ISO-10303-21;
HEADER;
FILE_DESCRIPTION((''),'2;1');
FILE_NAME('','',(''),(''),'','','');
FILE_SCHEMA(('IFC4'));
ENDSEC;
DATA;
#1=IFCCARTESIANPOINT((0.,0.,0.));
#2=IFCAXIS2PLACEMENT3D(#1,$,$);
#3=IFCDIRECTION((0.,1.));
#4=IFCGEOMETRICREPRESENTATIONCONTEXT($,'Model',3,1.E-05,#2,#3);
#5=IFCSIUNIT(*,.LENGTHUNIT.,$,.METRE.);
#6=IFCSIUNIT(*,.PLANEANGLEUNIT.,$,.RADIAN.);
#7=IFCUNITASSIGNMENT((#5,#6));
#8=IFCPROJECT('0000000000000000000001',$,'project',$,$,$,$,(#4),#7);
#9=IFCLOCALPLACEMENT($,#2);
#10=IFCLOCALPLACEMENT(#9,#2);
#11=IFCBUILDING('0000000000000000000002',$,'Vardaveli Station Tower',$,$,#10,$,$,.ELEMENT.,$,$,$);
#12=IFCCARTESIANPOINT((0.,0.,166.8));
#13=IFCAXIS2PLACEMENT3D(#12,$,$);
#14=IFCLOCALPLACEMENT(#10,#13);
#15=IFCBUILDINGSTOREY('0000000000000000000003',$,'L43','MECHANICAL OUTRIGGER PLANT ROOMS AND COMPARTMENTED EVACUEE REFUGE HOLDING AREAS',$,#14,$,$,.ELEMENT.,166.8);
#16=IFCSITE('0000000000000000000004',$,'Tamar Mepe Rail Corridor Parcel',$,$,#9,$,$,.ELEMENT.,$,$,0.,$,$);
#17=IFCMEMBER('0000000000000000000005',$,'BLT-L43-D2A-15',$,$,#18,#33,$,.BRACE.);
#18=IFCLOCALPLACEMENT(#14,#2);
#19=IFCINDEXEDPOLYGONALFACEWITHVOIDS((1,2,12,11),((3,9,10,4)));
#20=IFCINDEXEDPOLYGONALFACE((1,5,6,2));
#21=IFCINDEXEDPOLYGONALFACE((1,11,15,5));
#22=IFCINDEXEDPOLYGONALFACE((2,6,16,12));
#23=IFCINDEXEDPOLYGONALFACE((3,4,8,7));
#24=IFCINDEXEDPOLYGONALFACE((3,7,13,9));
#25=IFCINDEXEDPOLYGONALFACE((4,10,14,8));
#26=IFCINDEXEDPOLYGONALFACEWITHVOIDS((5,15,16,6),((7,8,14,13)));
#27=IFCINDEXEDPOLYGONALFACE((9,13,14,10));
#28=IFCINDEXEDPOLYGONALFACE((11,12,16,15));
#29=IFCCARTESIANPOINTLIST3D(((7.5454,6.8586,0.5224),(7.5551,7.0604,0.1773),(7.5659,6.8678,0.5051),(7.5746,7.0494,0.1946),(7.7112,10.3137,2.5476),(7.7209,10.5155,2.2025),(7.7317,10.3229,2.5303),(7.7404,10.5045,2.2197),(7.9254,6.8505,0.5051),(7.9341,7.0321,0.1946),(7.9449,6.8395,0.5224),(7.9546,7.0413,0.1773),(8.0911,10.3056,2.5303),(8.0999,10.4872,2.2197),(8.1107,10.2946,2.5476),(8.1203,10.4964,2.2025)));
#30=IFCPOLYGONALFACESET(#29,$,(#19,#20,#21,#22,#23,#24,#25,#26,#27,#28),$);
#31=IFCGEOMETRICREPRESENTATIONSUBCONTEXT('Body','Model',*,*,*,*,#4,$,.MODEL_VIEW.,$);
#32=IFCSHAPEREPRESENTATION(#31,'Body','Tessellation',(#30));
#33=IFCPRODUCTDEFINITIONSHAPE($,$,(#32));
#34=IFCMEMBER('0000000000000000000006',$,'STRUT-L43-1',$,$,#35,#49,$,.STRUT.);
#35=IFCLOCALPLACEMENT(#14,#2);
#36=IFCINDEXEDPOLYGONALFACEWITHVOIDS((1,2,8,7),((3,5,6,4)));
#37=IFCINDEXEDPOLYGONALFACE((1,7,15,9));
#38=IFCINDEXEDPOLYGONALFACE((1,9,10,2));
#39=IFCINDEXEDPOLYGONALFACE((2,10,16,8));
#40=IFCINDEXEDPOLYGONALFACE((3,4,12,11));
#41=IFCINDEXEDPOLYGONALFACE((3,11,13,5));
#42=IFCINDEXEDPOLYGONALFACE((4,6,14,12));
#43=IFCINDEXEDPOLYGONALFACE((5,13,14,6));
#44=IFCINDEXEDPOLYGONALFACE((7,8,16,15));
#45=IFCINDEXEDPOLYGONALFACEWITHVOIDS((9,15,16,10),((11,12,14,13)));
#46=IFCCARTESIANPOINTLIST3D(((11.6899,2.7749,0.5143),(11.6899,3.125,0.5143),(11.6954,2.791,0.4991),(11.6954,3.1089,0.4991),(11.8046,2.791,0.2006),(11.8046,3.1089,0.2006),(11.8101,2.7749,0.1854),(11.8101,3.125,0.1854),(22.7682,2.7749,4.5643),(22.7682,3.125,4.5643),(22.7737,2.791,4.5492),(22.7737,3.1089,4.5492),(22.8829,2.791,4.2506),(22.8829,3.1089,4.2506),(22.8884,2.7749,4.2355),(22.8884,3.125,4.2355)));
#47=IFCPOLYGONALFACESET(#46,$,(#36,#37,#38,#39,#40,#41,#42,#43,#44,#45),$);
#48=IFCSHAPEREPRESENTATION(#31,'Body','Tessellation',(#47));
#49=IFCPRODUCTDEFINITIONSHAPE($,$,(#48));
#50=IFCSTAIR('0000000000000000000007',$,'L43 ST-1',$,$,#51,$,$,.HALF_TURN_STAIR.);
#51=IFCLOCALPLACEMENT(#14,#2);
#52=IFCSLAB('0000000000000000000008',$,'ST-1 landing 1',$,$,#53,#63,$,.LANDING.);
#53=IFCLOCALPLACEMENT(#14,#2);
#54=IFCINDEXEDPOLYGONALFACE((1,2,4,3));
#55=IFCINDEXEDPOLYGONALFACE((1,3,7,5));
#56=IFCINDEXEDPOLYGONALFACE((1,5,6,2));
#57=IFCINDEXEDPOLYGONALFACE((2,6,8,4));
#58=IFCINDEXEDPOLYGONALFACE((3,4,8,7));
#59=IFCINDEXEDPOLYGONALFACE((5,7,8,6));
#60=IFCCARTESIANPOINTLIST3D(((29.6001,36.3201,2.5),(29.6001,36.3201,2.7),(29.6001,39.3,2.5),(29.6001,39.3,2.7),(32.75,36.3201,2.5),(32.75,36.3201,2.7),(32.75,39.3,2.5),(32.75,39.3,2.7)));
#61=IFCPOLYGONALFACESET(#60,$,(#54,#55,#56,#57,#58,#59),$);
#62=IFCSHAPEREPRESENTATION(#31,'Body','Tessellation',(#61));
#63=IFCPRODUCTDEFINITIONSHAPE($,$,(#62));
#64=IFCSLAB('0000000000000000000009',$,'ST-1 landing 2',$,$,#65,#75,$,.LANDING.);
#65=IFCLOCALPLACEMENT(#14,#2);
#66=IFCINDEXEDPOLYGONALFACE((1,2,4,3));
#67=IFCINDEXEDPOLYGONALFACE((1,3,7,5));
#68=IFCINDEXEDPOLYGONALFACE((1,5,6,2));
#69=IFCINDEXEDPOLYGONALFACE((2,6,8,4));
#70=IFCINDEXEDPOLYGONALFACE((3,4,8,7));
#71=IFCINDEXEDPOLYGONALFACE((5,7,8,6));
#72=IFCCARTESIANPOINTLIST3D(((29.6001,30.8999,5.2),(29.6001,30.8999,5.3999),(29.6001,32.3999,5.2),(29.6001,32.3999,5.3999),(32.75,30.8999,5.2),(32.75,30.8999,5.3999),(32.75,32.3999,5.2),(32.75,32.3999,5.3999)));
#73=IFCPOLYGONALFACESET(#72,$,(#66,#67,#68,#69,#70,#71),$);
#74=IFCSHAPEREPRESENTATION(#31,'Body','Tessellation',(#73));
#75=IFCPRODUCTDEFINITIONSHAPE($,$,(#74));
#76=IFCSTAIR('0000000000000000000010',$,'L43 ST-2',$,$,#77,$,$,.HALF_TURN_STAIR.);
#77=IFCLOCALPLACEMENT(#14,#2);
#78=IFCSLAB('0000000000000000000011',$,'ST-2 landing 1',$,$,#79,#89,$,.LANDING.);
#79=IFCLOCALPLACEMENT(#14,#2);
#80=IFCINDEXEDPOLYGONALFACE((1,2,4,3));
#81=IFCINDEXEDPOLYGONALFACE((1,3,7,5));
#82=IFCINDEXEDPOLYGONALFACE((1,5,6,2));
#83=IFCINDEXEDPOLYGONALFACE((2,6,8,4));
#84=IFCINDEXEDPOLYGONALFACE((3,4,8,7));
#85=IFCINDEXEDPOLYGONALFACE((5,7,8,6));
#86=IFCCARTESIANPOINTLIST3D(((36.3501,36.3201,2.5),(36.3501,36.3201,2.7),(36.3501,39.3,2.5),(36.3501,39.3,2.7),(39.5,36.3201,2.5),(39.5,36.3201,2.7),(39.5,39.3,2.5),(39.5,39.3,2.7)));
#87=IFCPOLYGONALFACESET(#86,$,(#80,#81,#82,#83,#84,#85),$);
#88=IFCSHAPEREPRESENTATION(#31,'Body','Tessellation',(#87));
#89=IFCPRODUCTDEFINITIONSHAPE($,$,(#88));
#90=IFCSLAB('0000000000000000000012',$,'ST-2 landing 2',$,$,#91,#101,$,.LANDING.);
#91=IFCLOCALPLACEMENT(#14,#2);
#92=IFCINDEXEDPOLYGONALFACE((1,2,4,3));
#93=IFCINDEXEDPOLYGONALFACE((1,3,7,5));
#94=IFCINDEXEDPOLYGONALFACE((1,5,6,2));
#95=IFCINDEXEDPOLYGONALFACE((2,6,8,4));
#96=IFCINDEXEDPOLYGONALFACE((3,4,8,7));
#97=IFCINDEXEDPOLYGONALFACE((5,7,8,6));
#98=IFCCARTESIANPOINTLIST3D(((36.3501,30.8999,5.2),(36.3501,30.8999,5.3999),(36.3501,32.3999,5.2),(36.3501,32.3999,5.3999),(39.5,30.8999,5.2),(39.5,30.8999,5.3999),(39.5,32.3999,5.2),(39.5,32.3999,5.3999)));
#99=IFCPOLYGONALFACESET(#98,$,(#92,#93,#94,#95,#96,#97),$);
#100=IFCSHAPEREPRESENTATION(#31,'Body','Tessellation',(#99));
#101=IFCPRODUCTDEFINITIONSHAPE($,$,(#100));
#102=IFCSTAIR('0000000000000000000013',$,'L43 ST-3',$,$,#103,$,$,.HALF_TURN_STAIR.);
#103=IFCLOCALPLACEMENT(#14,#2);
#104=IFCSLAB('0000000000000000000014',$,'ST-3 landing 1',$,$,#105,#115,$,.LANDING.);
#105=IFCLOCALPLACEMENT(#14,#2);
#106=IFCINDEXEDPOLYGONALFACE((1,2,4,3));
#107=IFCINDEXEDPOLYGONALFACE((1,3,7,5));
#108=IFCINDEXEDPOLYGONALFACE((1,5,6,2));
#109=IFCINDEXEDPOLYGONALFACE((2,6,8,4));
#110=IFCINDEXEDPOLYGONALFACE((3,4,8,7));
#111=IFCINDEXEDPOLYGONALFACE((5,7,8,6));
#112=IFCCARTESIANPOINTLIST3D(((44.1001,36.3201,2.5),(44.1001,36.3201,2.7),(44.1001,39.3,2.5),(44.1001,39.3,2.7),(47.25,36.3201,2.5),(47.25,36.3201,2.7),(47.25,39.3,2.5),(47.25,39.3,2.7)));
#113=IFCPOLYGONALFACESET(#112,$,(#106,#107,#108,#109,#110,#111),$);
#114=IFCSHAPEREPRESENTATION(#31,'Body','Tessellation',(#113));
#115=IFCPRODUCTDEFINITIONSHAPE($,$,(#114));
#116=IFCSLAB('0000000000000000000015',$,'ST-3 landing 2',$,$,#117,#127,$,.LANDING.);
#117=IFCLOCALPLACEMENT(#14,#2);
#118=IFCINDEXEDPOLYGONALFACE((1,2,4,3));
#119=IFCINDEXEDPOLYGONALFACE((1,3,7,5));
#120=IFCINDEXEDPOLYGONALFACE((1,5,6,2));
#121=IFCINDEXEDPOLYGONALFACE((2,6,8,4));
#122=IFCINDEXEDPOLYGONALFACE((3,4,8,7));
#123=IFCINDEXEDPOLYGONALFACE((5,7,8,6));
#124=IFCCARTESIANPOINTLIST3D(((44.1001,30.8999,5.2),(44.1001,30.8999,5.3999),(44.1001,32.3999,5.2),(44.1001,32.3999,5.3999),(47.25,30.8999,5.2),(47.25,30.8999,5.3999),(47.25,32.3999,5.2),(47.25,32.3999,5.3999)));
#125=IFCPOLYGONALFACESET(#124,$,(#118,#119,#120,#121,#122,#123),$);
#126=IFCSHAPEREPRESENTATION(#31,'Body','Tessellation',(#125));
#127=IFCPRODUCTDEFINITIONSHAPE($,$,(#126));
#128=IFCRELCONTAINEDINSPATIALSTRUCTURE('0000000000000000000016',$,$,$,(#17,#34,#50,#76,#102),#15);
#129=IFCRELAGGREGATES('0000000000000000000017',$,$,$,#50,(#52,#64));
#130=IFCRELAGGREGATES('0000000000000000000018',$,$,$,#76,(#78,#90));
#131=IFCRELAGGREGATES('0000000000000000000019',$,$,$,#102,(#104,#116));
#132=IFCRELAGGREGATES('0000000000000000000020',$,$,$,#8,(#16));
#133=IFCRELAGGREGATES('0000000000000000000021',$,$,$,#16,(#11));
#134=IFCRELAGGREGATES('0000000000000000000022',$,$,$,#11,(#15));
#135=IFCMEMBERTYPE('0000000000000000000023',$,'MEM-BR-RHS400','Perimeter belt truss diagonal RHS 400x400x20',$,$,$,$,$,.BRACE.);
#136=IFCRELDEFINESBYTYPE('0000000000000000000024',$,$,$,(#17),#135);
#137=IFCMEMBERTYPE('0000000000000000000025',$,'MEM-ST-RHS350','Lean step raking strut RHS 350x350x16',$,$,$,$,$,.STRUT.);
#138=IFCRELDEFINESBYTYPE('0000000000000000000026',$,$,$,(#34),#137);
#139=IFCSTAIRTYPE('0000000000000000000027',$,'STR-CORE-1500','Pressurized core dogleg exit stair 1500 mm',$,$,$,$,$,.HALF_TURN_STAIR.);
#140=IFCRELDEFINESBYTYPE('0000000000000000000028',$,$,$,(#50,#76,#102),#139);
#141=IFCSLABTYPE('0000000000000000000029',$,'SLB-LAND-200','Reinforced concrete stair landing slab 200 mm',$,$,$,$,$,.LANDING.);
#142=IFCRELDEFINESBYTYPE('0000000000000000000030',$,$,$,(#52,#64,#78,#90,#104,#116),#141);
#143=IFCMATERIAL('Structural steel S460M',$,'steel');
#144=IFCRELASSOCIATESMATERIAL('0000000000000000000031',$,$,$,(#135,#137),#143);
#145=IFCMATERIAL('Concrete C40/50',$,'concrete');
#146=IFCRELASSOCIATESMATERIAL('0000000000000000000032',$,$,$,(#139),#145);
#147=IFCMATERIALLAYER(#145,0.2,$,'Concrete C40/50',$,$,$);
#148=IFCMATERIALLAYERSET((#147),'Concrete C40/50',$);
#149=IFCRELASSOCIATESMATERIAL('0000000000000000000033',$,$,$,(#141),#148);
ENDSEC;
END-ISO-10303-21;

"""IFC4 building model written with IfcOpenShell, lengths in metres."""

from ifc_helpers import new_model, si_unit, direction, frame, origin, origin_2d, place, context, subcontext, project, spatial, polyline, hollow_rectangle, outline, extrude, source, transform, mapped, material, layer, layer_set, material_profile, profile_set, type_object, element, aggregate, save


model = new_model("IFC4")

# Units and contexts
model_context = context("Model", 3, precision=1e-05, world=origin(), true_north=direction((0.0, 1.0)))
body_context = subcontext(model_context, "Body", "Model", "MODEL_VIEW")
ifc_project = project(units=[si_unit("LENGTHUNIT", "METRE"), si_unit("PLANEANGLEUNIT", "RADIAN")], contexts=[model_context])

# Site, building, storey
site_placement = place(None, origin())
site = spatial("IfcSite", under=ifc_project, at=site_placement, Name="Tamar Mepe Rail Corridor Parcel", CompositionType="ELEMENT", RefElevation=0.0)
building_placement = place(site_placement, origin())
building = spatial("IfcBuilding", under=site, at=building_placement, Name="Vardaveli Station Tower", CompositionType="ELEMENT")
storey_placement = place(building_placement, frame((0.0, 0.0, 166.8)))
storey = spatial("IfcBuildingStorey", under=building, at=storey_placement, Name="L43", Description="MECHANICAL OUTRIGGER PLANT ROOMS AND COMPARTMENTED EVACUEE REFUGE HOLDING AREAS", CompositionType="ELEMENT", Elevation=166.8)

# Shared definitions
ifc_material_1 = material(Name="Structural steel S460M", Category="steel")

# Members
ifc_material_profile_1 = material_profile(ifc_material_1, hollow_rectangle(XDim=0.3999, YDim=0.3999, WallThickness=0.02, at=origin_2d()), Name="RHS 400x400x20")
ifc_profile_set_1 = profile_set([ifc_material_profile_1], Name="Structural steel S460M")
member_type_1 = type_object("IfcMemberType", Name="MEM-BR-RHS400", Description="Perimeter belt truss diagonal RHS 400x400x20", PredefinedType="BRACE", material=ifc_profile_set_1)
shared_shape_1 = source(origin(), body_context, "Body", "SweptSolid", [
    extrude(hollow_rectangle(XDim=0.3999, YDim=0.3999, WallThickness=0.02, at=origin_2d()), origin(), (0.0, 0.0, 1.0), 4.0083),
])
member_1_placement = place(storey_placement, frame((7.75, 6.95, 0.3499), z_axis=(0.041357, 0.861986, 0.505241), x_axis=(-0.998851, 0.047924, 0.0)))
element("IfcMember", 1, at=member_1_placement, inside=storey, type_object=member_type_1, Name="BLT-L43-D2A-15", PredefinedType="BRACE", context=body_context, shape_type="MappedRepresentation", body=[
    mapped(shared_shape_1, transform((0.0, 0.0, 0.0), scale=1.0)),
])
ifc_material_profile_2 = material_profile(ifc_material_1, hollow_rectangle(XDim=0.3501, YDim=0.3501, WallThickness=0.0161, at=origin_2d()), Name="RHS 350x350x16")
ifc_profile_set_2 = profile_set([ifc_material_profile_2], Name="Structural steel S460M")
member_type_2 = type_object("IfcMemberType", Name="MEM-ST-RHS350", Description="Lean step raking strut RHS 350x350x16", PredefinedType="STRUT", material=ifc_profile_set_2)
shared_shape_2 = source(origin(), body_context, "Body", "SweptSolid", [
    extrude(hollow_rectangle(XDim=0.3501, YDim=0.3501, WallThickness=0.0161, at=origin_2d()), origin(), (0.0, 0.0, 1.0), 11.7954),
])
member_2_placement = place(storey_placement, frame((11.75, 2.95, 0.3499), z_axis=(0.939205, 0.0, 0.343356), x_axis=(0.0, 1.0, 0.0)))
element("IfcMember", 2, at=member_2_placement, inside=storey, type_object=member_type_2, Name="STRUT-L43-1", PredefinedType="STRUT", context=body_context, shape_type="MappedRepresentation", body=[
    mapped(shared_shape_2, transform((0.0, 0.0, 0.0), scale=1.0)),
])

# Stairs, slabs
ifc_material_2 = material(Name="Concrete C40/50", Category="concrete")
stair_type = type_object("IfcStairType", Name="STR-CORE-1500", Description="Pressurized core dogleg exit stair 1500 mm", PredefinedType="HALF_TURN_STAIR", material=ifc_material_2)
stair_1_placement = place(storey_placement, origin())
stair_1 = element("IfcStair", 3, at=stair_1_placement, inside=storey, type_object=stair_type, Name="L43 ST-1", PredefinedType="HALF_TURN_STAIR")
ifc_layer_1 = layer(ifc_material_2, 0.2, Name="Concrete C40/50")
ifc_layer_set_1 = layer_set([ifc_layer_1], Name="Concrete C40/50")
slab_type_1 = type_object("IfcSlabType", Name="SLB-LAND-200", Description="Reinforced concrete stair landing slab 200 mm", PredefinedType="LANDING", material=ifc_layer_set_1)
slab_1_placement = place(storey_placement, frame((0.0, 0.0, 2.5)))
slab_1 = element("IfcSlab", 4, at=slab_1_placement, type_object=slab_type_1, Name="ST-1 landing 1", PredefinedType="LANDING", context=body_context, shape_type="SweptSolid", body=[
    extrude(outline(polyline([(32.75, 36.3201), (32.75, 39.3), (29.6001, 39.3), (29.6001, 36.3201), (32.75, 36.3201)])), origin(), (0.0, 0.0, 1.0), 0.2),
])
slab_2_placement = place(storey_placement, frame((0.0, 0.0, 5.2)))
slab_2 = element("IfcSlab", 5, at=slab_2_placement, type_object=slab_type_1, Name="ST-1 landing 2", PredefinedType="LANDING", context=body_context, shape_type="SweptSolid", body=[
    extrude(outline(polyline([(32.75, 30.8999), (32.75, 32.3999), (29.6001, 32.3999), (29.6001, 30.8999), (32.75, 30.8999)])), origin(), (0.0, 0.0, 1.0), 0.2),
])
aggregate(stair_1, [slab_1, slab_2])
stair_2_placement = place(storey_placement, origin())
stair_2 = element("IfcStair", 6, at=stair_2_placement, inside=storey, type_object=stair_type, Name="L43 ST-2", PredefinedType="HALF_TURN_STAIR")
slab_3_placement = place(storey_placement, frame((0.0, 0.0, 2.5)))
slab_3 = element("IfcSlab", 7, at=slab_3_placement, type_object=slab_type_1, Name="ST-2 landing 1", PredefinedType="LANDING", context=body_context, shape_type="SweptSolid", body=[
    extrude(outline(polyline([(39.5, 36.3201), (39.5, 39.3), (36.3501, 39.3), (36.3501, 36.3201), (39.5, 36.3201)])), origin(), (0.0, 0.0, 1.0), 0.2),
])
slab_4_placement = place(storey_placement, frame((0.0, 0.0, 5.2)))
slab_4 = element("IfcSlab", 8, at=slab_4_placement, type_object=slab_type_1, Name="ST-2 landing 2", PredefinedType="LANDING", context=body_context, shape_type="SweptSolid", body=[
    extrude(outline(polyline([(39.5, 30.8999), (39.5, 32.3999), (36.3501, 32.3999), (36.3501, 30.8999), (39.5, 30.8999)])), origin(), (0.0, 0.0, 1.0), 0.2),
])
aggregate(stair_2, [slab_3, slab_4])
stair_3_placement = place(storey_placement, origin())
stair_3 = element("IfcStair", 9, at=stair_3_placement, inside=storey, type_object=stair_type, Name="L43 ST-3", PredefinedType="HALF_TURN_STAIR")
slab_5_placement = place(storey_placement, frame((0.0, 0.0, 2.5)))
slab_5 = element("IfcSlab", 10, at=slab_5_placement, type_object=slab_type_1, Name="ST-3 landing 1", PredefinedType="LANDING", context=body_context, shape_type="SweptSolid", body=[
    extrude(outline(polyline([(47.25, 36.3201), (47.25, 39.3), (44.1001, 39.3), (44.1001, 36.3201), (47.25, 36.3201)])), origin(), (0.0, 0.0, 1.0), 0.2),
])
slab_6_placement = place(storey_placement, frame((0.0, 0.0, 5.2)))
slab_6 = element("IfcSlab", 11, at=slab_6_placement, type_object=slab_type_1, Name="ST-3 landing 2", PredefinedType="LANDING", context=body_context, shape_type="SweptSolid", body=[
    extrude(outline(polyline([(47.25, 30.8999), (47.25, 32.3999), (44.1001, 32.3999), (44.1001, 30.8999), (47.25, 30.8999)])), origin(), (0.0, 0.0, 1.0), 0.2),
])
aggregate(stair_3, [slab_5, slab_6])

save(model, "model.ifc")
